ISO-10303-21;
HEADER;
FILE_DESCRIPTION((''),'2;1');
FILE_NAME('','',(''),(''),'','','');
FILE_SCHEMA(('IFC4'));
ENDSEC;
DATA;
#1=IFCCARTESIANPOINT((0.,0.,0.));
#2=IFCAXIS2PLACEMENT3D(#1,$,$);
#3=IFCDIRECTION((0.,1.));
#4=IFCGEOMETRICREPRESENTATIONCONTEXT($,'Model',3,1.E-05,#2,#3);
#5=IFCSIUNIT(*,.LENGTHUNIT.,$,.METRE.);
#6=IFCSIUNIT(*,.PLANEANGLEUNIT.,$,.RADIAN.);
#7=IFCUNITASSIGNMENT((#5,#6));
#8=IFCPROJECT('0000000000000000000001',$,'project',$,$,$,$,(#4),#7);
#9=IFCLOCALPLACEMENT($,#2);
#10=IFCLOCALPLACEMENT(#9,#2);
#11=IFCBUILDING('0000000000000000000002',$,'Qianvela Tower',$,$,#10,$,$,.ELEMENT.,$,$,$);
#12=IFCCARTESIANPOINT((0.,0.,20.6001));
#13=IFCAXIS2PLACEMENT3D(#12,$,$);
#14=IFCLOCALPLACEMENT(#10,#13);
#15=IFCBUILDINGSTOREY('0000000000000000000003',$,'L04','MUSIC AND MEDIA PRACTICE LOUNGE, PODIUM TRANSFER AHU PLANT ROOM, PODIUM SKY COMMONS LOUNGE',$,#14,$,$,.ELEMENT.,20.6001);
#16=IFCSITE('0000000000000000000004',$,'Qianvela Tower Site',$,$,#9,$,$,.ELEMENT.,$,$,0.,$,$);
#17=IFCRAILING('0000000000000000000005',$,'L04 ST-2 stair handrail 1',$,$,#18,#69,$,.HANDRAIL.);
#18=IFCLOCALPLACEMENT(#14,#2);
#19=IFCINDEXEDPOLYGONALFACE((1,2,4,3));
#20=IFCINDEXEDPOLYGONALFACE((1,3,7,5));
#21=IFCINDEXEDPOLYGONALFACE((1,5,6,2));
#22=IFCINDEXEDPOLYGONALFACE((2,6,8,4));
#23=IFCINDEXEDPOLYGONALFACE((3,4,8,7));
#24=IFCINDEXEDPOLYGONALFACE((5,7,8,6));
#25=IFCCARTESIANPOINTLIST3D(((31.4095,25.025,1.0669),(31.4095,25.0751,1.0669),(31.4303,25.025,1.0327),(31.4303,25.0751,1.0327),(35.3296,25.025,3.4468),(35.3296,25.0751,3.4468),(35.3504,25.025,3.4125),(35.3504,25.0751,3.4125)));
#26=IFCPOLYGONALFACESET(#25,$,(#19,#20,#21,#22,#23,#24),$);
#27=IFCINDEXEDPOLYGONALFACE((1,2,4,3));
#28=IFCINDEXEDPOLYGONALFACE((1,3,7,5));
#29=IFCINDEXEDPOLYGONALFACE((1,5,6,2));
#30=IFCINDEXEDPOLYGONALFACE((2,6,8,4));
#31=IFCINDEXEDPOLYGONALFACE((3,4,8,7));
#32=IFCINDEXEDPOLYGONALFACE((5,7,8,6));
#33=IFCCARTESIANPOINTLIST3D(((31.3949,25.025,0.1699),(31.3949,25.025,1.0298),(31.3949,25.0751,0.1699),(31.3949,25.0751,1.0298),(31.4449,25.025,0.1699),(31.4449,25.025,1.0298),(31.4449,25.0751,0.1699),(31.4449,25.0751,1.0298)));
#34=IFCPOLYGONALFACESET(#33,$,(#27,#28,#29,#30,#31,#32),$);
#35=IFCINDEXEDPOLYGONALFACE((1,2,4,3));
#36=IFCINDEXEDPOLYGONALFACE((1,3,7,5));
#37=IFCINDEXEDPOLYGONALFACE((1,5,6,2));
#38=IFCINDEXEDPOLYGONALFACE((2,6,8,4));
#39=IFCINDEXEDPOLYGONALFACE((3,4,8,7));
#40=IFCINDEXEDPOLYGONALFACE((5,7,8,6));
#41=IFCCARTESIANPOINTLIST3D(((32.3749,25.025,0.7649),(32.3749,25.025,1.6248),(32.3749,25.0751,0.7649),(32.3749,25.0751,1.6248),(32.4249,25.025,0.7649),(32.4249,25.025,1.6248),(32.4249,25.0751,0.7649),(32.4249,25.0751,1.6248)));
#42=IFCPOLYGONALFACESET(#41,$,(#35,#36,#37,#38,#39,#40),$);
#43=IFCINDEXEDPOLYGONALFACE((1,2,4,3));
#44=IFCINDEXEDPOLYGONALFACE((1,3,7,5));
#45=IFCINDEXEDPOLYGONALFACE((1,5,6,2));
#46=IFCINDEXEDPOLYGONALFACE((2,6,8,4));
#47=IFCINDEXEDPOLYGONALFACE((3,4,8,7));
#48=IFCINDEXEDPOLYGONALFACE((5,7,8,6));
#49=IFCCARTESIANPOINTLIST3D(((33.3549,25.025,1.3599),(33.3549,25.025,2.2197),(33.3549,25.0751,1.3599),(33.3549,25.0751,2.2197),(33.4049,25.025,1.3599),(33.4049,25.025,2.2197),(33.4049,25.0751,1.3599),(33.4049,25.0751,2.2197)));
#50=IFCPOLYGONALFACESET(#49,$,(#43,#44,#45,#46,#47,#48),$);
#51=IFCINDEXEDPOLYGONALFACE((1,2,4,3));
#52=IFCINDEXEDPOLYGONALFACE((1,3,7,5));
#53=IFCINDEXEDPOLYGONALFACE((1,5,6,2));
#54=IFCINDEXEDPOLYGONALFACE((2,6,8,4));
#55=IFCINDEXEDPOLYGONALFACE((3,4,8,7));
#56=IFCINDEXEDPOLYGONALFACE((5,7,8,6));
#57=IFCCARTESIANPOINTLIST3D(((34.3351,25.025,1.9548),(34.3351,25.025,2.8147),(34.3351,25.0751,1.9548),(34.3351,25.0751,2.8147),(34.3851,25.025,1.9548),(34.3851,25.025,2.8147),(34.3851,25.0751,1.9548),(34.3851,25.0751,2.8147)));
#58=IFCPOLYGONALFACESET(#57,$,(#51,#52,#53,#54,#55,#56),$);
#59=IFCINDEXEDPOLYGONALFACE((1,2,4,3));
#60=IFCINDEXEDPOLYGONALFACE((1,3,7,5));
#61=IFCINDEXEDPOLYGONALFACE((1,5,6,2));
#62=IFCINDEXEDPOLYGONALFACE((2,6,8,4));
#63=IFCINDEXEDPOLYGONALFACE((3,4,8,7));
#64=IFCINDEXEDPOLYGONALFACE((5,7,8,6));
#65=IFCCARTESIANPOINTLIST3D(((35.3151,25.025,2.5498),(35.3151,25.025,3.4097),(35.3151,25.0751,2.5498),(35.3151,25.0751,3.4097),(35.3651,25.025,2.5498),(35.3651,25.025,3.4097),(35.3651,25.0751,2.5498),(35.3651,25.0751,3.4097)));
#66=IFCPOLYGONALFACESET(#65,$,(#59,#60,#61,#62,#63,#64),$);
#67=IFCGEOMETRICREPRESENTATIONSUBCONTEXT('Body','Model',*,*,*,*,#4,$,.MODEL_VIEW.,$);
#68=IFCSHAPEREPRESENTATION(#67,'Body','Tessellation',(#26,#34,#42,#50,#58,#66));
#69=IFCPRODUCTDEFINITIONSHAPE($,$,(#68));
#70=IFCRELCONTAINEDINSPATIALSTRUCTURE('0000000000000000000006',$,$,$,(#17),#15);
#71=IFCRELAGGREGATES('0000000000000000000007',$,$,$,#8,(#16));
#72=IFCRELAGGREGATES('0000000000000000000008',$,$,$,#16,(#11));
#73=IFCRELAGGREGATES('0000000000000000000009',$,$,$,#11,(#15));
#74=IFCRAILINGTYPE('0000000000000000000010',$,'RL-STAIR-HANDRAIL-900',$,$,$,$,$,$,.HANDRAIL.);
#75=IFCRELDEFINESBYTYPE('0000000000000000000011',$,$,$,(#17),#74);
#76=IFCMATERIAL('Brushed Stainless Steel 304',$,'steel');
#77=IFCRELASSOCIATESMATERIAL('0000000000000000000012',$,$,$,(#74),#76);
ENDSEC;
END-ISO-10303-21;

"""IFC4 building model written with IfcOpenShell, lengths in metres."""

from ifc_helpers import new_model, si_unit, direction, frame, origin, origin_2d, place, context, subcontext, project, spatial, rectangle, extrude, material, type_object, element, save


model = new_model("IFC4")

# Units and contexts
model_context = context("Model", 3, precision=1e-05, world=origin(), true_north=direction((0.0, 1.0)))
body_context = subcontext(model_context, "Body", "Model", "MODEL_VIEW")
ifc_project = project(units=[si_unit("LENGTHUNIT", "METRE"), si_unit("PLANEANGLEUNIT", "RADIAN")], contexts=[model_context])

# Site, building, storey
site_placement = place(None, origin())
site = spatial("IfcSite", under=ifc_project, at=site_placement, Name="Qianvela Tower Site", CompositionType="ELEMENT", RefElevation=0.0)
building_placement = place(site_placement, origin())
building = spatial("IfcBuilding", under=site, at=building_placement, Name="Qianvela Tower", CompositionType="ELEMENT")
storey_placement = place(building_placement, frame((0.0, 0.0, 20.6001)))
storey = spatial("IfcBuildingStorey", under=building, at=storey_placement, Name="L04", Description="MUSIC AND MEDIA PRACTICE LOUNGE, PODIUM TRANSFER AHU PLANT ROOM, PODIUM SKY COMMONS LOUNGE", CompositionType="ELEMENT", Elevation=20.6001)

# Railing
ifc_material_1 = material(Name="Brushed Stainless Steel 304", Category="steel")
railing_type_1 = type_object("IfcRailingType", Name="RL-STAIR-HANDRAIL-900", PredefinedType="HANDRAIL", material=ifc_material_1)
railing_1_placement = place(storey_placement, frame((31.4199, 25.05, 0.1699)))
element("IfcRailing", 1, at=railing_1_placement, inside=storey, type_object=railing_type_1, Name="L04 ST-2 stair handrail 1", PredefinedType="HANDRAIL", context=body_context, shape_type="SweptSolid", body=[
    extrude(rectangle(XDim=0.05, YDim=0.04, at=origin_2d()), frame((0.0, 0.0, 0.8799), z_axis=(0.854809, 0.0, 0.518943), x_axis=(0.0, 1.0, 0.0)), (0.0, 0.0, 1.0), 4.5859),
    extrude(rectangle(XDim=0.05, YDim=0.05, at=origin_2d()), origin(), (0.0, 0.0, 1.0), 0.8599),
    extrude(rectangle(XDim=0.05, YDim=0.05, at=origin_2d()), frame((0.98, 0.0, 0.595)), (0.0, 0.0, 1.0), 0.8599),
    extrude(rectangle(XDim=0.05, YDim=0.05, at=origin_2d()), frame((1.96, 0.0, 1.1899)), (0.0, 0.0, 1.0), 0.8599),
    extrude(rectangle(XDim=0.05, YDim=0.05, at=origin_2d()), frame((2.9402, 0.0, 1.7849)), (0.0, 0.0, 1.0), 0.8599),
    extrude(rectangle(XDim=0.05, YDim=0.05, at=origin_2d()), frame((3.9202, 0.0, 2.3799)), (0.0, 0.0, 1.0), 0.8599),
])

save(model, "model.ifc")
